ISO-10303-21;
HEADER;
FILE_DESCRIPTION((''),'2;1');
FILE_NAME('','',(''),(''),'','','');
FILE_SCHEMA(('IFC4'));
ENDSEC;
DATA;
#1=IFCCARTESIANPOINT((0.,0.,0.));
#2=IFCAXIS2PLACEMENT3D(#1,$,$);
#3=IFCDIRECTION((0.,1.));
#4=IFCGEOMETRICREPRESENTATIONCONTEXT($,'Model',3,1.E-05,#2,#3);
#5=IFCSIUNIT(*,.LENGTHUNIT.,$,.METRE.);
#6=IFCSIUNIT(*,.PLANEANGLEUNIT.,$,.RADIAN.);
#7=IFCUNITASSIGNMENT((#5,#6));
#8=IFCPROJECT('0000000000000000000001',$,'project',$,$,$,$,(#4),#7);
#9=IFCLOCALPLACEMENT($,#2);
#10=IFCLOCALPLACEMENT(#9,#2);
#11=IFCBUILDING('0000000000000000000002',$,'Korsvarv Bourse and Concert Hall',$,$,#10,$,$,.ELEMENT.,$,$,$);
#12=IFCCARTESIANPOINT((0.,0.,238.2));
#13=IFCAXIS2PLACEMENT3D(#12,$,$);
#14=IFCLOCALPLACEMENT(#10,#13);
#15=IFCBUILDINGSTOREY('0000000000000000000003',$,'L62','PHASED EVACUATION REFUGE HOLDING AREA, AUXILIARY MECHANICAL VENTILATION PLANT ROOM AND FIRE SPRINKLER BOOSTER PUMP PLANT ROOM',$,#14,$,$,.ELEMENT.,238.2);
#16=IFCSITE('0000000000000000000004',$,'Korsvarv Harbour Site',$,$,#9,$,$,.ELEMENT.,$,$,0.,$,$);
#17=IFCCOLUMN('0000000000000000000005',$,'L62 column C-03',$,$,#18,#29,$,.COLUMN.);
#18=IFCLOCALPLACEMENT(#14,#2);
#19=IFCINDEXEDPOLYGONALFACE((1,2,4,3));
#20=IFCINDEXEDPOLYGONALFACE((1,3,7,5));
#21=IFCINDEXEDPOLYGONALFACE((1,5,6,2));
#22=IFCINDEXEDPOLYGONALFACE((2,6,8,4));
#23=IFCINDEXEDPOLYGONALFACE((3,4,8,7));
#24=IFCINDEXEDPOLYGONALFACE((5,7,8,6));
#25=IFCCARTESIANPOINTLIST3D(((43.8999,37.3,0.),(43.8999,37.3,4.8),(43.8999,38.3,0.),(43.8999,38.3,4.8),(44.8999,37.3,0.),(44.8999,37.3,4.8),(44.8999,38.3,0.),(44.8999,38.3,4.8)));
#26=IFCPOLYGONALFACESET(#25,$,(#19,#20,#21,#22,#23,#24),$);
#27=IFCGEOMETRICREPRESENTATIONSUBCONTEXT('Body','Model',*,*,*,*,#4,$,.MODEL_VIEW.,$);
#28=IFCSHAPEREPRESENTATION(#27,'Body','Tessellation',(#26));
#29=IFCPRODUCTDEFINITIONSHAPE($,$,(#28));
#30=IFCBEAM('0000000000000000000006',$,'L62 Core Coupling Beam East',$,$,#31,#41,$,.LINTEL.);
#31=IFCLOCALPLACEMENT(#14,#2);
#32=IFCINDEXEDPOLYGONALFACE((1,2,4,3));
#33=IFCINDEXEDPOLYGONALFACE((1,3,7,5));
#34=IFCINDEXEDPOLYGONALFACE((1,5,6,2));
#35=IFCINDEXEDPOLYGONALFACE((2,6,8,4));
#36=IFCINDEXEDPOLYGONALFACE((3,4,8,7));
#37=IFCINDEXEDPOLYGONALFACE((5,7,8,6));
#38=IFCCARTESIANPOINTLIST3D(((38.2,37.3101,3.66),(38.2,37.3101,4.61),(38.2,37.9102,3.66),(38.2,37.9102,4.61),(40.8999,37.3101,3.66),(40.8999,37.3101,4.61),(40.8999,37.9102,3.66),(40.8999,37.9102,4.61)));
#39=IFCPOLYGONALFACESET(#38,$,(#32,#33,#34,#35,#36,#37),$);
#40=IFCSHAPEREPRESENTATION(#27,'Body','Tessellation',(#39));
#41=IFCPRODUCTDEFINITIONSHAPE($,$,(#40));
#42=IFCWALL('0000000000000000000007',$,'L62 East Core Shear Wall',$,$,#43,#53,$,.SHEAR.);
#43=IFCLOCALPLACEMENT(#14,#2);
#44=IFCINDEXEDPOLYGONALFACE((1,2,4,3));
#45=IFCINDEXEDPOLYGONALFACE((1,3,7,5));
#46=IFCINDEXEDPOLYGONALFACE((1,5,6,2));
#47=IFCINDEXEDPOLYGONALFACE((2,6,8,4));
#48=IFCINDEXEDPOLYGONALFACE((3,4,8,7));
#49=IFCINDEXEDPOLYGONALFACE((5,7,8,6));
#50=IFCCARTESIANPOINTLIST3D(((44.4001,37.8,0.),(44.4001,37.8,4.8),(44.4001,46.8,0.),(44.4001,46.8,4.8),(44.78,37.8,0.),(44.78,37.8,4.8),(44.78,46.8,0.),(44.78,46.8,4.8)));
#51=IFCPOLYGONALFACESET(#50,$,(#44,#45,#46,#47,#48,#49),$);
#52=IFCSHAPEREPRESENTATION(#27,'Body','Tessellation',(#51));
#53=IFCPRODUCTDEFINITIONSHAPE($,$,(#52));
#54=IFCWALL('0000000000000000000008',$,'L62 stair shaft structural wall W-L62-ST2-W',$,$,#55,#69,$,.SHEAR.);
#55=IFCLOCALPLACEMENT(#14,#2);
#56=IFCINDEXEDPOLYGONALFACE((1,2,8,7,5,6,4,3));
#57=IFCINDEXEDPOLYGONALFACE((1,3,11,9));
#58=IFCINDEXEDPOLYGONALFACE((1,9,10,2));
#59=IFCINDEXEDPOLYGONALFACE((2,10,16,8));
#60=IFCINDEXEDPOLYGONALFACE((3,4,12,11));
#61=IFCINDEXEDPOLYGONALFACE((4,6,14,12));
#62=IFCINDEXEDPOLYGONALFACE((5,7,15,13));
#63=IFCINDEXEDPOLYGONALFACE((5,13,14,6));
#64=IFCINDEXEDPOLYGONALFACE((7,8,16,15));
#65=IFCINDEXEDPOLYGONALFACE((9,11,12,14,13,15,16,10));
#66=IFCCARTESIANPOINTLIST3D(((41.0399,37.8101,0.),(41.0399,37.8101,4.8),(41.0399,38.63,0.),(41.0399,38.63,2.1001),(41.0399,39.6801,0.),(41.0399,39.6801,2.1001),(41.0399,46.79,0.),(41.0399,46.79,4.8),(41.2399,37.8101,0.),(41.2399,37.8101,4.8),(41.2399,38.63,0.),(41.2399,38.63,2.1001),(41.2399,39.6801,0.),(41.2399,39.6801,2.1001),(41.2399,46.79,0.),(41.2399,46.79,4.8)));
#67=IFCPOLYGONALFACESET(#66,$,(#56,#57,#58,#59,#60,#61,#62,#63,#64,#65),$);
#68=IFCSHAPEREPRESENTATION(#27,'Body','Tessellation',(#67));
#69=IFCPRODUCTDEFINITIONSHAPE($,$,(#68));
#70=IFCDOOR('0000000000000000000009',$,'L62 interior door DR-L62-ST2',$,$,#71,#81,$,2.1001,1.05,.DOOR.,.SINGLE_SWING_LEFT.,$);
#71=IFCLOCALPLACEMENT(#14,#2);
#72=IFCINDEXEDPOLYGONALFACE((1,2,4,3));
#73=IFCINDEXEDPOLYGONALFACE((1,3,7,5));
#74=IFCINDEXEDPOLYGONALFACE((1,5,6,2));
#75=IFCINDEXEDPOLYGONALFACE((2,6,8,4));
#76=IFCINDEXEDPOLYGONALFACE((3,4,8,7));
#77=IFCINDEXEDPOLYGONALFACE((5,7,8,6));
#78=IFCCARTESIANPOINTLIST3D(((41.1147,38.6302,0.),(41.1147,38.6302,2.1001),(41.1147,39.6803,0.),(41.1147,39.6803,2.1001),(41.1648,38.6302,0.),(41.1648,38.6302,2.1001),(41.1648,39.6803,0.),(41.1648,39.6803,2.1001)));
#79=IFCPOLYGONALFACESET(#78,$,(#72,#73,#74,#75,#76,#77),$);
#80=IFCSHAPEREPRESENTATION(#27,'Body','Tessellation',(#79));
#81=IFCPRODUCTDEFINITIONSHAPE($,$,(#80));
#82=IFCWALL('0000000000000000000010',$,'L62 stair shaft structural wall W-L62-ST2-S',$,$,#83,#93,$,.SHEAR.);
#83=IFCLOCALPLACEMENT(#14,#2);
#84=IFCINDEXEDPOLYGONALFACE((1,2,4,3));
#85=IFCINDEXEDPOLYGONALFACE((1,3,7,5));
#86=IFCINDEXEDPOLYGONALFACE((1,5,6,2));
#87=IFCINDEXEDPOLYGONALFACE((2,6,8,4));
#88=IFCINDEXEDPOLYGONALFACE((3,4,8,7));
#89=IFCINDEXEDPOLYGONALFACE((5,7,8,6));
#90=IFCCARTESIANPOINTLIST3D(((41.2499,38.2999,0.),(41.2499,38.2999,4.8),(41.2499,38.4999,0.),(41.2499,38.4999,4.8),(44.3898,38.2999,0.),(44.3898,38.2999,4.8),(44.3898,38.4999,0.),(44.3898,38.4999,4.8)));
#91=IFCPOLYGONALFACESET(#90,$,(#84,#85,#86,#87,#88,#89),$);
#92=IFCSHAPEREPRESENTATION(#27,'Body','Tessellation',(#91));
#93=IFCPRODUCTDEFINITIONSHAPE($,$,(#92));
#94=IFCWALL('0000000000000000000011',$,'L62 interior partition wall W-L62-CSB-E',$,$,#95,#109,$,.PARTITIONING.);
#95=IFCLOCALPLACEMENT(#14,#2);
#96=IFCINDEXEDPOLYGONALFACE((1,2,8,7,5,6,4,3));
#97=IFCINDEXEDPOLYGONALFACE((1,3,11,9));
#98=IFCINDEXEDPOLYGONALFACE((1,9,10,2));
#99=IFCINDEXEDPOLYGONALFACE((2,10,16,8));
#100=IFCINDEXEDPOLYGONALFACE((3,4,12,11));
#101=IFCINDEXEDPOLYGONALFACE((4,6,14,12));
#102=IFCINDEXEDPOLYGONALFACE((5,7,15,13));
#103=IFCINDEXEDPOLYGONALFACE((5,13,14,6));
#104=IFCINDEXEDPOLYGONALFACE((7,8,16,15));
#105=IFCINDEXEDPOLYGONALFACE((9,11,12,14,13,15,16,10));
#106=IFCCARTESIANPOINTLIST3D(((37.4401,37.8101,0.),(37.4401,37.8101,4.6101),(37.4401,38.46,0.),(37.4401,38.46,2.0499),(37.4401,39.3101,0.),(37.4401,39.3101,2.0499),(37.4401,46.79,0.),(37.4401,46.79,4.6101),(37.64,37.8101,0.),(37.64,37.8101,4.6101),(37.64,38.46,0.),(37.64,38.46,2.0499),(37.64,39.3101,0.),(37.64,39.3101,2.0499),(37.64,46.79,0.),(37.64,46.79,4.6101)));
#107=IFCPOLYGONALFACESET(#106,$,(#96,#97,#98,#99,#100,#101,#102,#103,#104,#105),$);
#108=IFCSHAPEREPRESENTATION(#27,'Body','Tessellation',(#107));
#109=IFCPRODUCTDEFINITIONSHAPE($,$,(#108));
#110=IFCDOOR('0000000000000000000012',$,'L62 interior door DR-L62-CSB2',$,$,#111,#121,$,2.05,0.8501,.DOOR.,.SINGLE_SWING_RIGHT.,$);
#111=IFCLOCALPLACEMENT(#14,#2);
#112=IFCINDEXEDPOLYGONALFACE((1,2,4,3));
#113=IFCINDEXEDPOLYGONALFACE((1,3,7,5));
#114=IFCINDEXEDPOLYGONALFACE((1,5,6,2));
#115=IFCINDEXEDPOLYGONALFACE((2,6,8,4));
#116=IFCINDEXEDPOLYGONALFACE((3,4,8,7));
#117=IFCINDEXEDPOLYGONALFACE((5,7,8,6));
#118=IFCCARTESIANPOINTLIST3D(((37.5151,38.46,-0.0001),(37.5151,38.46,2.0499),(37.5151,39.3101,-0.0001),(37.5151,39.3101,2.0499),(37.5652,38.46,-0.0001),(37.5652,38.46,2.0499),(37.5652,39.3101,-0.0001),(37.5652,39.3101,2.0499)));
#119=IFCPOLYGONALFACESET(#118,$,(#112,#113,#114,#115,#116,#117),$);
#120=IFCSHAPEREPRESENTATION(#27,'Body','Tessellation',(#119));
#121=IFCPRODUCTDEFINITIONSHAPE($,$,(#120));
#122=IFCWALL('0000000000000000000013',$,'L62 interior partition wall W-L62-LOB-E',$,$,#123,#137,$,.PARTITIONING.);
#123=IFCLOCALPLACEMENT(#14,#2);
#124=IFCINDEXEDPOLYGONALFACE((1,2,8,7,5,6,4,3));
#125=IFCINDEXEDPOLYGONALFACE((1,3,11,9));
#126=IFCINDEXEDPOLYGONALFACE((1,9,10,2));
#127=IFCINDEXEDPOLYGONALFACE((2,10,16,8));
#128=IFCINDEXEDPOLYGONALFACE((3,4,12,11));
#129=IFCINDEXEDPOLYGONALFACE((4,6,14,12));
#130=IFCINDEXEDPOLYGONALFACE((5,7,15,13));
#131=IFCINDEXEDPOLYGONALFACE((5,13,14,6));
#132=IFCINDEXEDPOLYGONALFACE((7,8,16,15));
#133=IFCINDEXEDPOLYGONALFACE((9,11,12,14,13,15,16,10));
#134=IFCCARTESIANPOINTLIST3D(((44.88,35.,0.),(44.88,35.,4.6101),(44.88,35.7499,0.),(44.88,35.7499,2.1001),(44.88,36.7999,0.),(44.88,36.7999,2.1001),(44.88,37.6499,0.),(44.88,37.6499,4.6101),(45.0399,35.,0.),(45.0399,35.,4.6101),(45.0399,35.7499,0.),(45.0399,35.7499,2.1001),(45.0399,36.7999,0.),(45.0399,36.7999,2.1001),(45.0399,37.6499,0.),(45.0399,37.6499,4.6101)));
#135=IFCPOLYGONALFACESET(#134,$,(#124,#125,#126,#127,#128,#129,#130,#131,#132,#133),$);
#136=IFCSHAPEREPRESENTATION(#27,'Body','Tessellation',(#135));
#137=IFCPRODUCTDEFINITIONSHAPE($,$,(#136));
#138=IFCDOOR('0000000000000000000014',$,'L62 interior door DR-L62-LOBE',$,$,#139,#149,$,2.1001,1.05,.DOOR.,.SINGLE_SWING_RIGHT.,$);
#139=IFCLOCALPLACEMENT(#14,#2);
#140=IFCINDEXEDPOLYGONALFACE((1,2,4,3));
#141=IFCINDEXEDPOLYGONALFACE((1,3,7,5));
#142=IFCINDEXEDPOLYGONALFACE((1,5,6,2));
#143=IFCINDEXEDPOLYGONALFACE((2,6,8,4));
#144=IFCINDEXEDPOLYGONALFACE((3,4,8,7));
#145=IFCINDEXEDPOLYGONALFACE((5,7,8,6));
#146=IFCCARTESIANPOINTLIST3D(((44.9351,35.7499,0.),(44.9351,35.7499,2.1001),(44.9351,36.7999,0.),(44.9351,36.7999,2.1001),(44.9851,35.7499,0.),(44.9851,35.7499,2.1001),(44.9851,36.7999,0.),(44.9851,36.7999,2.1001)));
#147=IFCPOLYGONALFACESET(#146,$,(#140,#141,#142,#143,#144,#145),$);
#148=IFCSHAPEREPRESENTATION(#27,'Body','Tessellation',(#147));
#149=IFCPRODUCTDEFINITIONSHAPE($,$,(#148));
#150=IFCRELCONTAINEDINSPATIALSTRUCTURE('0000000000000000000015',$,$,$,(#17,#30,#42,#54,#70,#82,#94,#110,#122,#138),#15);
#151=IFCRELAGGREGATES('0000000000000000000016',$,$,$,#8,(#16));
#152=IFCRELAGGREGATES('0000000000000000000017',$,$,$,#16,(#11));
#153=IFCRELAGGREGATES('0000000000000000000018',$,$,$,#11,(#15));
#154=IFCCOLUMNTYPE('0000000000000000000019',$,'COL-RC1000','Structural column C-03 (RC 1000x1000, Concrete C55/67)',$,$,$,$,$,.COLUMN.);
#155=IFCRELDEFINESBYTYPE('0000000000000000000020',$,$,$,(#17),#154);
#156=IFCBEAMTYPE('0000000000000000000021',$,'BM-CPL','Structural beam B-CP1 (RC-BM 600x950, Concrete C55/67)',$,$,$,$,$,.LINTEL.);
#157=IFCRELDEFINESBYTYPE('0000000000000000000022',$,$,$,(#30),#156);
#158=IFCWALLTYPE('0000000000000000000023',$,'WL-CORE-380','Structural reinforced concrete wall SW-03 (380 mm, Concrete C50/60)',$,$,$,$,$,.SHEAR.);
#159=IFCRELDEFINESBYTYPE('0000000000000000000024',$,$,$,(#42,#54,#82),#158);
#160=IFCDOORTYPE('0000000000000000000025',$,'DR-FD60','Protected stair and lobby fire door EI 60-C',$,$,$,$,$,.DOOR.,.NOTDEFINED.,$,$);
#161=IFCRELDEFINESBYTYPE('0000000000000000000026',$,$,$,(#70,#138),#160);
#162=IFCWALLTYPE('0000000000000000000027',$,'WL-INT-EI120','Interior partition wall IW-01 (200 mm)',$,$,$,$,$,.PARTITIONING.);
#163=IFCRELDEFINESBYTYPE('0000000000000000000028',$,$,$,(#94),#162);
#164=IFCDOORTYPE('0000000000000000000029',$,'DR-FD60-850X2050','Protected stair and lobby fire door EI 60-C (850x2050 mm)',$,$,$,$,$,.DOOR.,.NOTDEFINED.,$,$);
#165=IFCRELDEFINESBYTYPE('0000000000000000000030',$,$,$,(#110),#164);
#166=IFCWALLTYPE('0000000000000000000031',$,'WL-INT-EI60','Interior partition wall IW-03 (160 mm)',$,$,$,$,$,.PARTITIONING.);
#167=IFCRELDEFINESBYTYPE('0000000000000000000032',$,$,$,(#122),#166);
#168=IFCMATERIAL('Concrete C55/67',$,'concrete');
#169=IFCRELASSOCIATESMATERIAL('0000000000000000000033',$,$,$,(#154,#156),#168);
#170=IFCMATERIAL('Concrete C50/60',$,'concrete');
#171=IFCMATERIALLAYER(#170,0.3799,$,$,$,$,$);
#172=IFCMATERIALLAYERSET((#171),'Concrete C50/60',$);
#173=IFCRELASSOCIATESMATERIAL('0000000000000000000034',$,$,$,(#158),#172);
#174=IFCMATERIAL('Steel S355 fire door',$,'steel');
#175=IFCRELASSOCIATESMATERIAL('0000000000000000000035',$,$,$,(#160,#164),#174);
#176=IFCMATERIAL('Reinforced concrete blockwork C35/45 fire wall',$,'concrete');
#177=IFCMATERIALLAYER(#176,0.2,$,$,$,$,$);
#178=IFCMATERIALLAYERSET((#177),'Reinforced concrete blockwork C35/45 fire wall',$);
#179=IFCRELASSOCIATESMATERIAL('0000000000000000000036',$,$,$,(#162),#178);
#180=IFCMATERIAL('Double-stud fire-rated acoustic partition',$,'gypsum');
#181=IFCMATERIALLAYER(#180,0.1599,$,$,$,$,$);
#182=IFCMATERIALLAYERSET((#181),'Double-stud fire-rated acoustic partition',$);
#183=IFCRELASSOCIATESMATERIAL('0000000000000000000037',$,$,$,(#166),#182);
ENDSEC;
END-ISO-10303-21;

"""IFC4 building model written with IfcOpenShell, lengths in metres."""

from ifc_helpers import new_model, si_unit, direction, frame, frame_2d, origin, origin_2d, place, context, subcontext, project, spatial, rectangle, extrude, source, transform, mapped, material, layer, layer_set, material_profile, profile_set, type_object, element, fill, save


model = new_model("IFC4")

# Units and contexts
model_context = context("Model", 3, precision=1e-05, world=origin(), true_north=direction((0.0, 1.0)))
body_context = subcontext(model_context, "Body", "Model", "MODEL_VIEW")
ifc_project = project(units=[si_unit("LENGTHUNIT", "METRE"), si_unit("PLANEANGLEUNIT", "RADIAN")], contexts=[model_context])

# Site, building, storey
site_placement = place(None, origin())
site = spatial("IfcSite", under=ifc_project, at=site_placement, Name="Korsvarv Harbour Site", CompositionType="ELEMENT", RefElevation=0.0)
building_placement = place(site_placement, origin())
building = spatial("IfcBuilding", under=site, at=building_placement, Name="Korsvarv Bourse and Concert Hall", CompositionType="ELEMENT")
storey_placement = place(building_placement, frame((0.0, 0.0, 238.2)))
storey = spatial("IfcBuildingStorey", under=building, at=storey_placement, Name="L62", Description="PHASED EVACUATION REFUGE HOLDING AREA, AUXILIARY MECHANICAL VENTILATION PLANT ROOM AND FIRE SPRINKLER BOOSTER PUMP PLANT ROOM", CompositionType="ELEMENT", Elevation=238.2)

# Column
ifc_material_1 = material(Name="Concrete C55/67", Category="concrete")
ifc_material_profile_1 = material_profile(ifc_material_1, rectangle(XDim=1.0, YDim=1.0, at=origin_2d()), Name="RC 1000x1000")
ifc_profile_set_1 = profile_set([ifc_material_profile_1], Name="Concrete C55/67")
column_type = type_object("IfcColumnType", Name="COL-RC1000", Description="Structural column C-03 (RC 1000x1000, Concrete C55/67)", PredefinedType="COLUMN", material=ifc_profile_set_1)
shared_shape_1 = source(origin(), body_context, "Body", "SweptSolid", [
    extrude(rectangle(XDim=1.0, YDim=1.0, at=origin_2d()), origin(), (0.0, 0.0, 1.0), 4.8),
])
column_placement = place(storey_placement, frame((44.3999, 37.8, 0.0), z_axis=(0.0, 0.0, 1.0), x_axis=(1.0, 0.0, 0.0)))
element("IfcColumn", 1, at=column_placement, inside=storey, type_object=column_type, Name="L62 column C-03", PredefinedType="COLUMN", context=body_context, shape_type="MappedRepresentation", body=[
    mapped(shared_shape_1, transform((0.0, 0.0, 0.0), scale=1.0)),
])

# Beam
ifc_material_profile_2 = material_profile(ifc_material_1, rectangle(XDim=0.6001, YDim=0.95, at=origin_2d()), Name="RC-BM 600x950")
ifc_profile_set_2 = profile_set([ifc_material_profile_2], Name="Concrete C55/67")
beam_type = type_object("IfcBeamType", Name="BM-CPL", Description="Structural beam B-CP1 (RC-BM 600x950, Concrete C55/67)", PredefinedType="LINTEL", material=ifc_profile_set_2)
shared_shape_2 = source(origin(), body_context, "Body", "SweptSolid", [
    extrude(rectangle(XDim=0.6001, YDim=0.95, at=origin_2d()), origin(), (0.0, 0.0, 1.0), 2.7),
])
beam_placement = place(storey_placement, frame((38.2, 37.6101, 4.135), z_axis=(1.0, 0.0, 0.0), x_axis=(0.0, 1.0, 0.0)))
element("IfcBeam", 2, at=beam_placement, inside=storey, type_object=beam_type, Name="L62 Core Coupling Beam East", PredefinedType="LINTEL", context=body_context, shape_type="MappedRepresentation", body=[
    mapped(shared_shape_2, transform((0.0, 0.0, 0.0), scale=1.0)),
])

# Wall
ifc_material_2 = material(Name="Concrete C50/60", Category="concrete")
ifc_layer_1 = layer(ifc_material_2, 0.3799)
ifc_layer_set_1 = layer_set([ifc_layer_1], Name="Concrete C50/60")
wall_type_1 = type_object("IfcWallType", Name="WL-CORE-380", Description="Structural reinforced concrete wall SW-03 (380 mm, Concrete C50/60)", PredefinedType="SHEAR", material=ifc_layer_set_1)
wall_1_placement = place(storey_placement, frame((44.5901, 37.8, 0.0), z_axis=(0.0, 0.0, 1.0), x_axis=(0.0, 1.0, 0.0)))
element("IfcWall", 3, at=wall_1_placement, inside=storey, type_object=wall_type_1, Name="L62 East Core Shear Wall", PredefinedType="SHEAR", context=body_context, shape_type="SweptSolid", body=[
    extrude(rectangle(XDim=9.0, YDim=0.3799, at=frame_2d((4.5, 0.0))), origin(), (0.0, 0.0, 1.0), 4.8),
])

# Wall, opening, door
wall_2_placement = place(storey_placement, frame((41.1399, 37.8101, 0.0), z_axis=(0.0, 0.0, 1.0), x_axis=(0.0, 1.0, 0.0)))
wall_2 = element("IfcWall", 4, at=wall_2_placement, inside=storey, type_object=wall_type_1, Name="L62 stair shaft structural wall W-L62-ST2-W", PredefinedType="SHEAR", context=body_context, shape_type="SweptSolid", body=[
    extrude(rectangle(XDim=8.98, YDim=0.2, at=frame_2d((4.49, 0.0))), origin(), (0.0, 0.0, 1.0), 4.8),
])
opening_1_placement = place(wall_2_placement, frame((0.8201, 0.0, 0.0)))
opening_1 = element("IfcOpeningElement", 5, at=opening_1_placement, cuts=wall_2, PredefinedType="OPENING", context=body_context, shape_type="SweptSolid", body=[
    extrude(rectangle(XDim=1.05, YDim=2.1001, at=frame_2d((0.5249, 1.05))), frame((0.0, 0.1099, 0.0), z_axis=(0.0, -1.0, 0.0), x_axis=(1.0, 0.0, 0.0)), (0.0, 0.0, 1.0), 0.22),
])
ifc_material_3 = material(Name="Steel S355 fire door", Category="steel")
door_type_1 = type_object("IfcDoorType", Name="DR-FD60", Description="Protected stair and lobby fire door EI 60-C", OperationType="NOTDEFINED", PredefinedType="DOOR", material=ifc_material_3)
door_1_placement = place(opening_1_placement, frame((1.05, 0.0, 0.0), z_axis=(0.0, 0.0, 1.0), x_axis=(-1.0, 0.0, 0.0)))
door_1 = element("IfcDoor", 6, at=door_1_placement, inside=storey, type_object=door_type_1, Name="L62 interior door DR-L62-ST2", OperationType="SINGLE_SWING_LEFT", OverallHeight=2.1001, OverallWidth=1.05, PredefinedType="DOOR", context=body_context, shape_type="SweptSolid", body=[
    extrude(rectangle(XDim=1.05, YDim=2.1001, at=frame_2d((0.5249, 1.05))), frame((0.0, 0.0249, 0.0), z_axis=(0.0, -1.0, 0.0), x_axis=(1.0, 0.0, 0.0)), (0.0, 0.0, 1.0), 0.05),
])
fill(opening_1, door_1)

# Wall
wall_3_placement = place(storey_placement, frame((41.25, 38.3999, 0.0), z_axis=(0.0, 0.0, 1.0), x_axis=(1.0, 0.0, 0.0)))
element("IfcWall", 7, at=wall_3_placement, inside=storey, type_object=wall_type_1, Name="L62 stair shaft structural wall W-L62-ST2-S", PredefinedType="SHEAR", context=body_context, shape_type="SweptSolid", body=[
    extrude(rectangle(XDim=3.1399, YDim=0.2, at=frame_2d((1.5698, 0.0))), origin(), (0.0, 0.0, 1.0), 4.8),
])

# Walls, openings, doors
ifc_material_4 = material(Name="Reinforced concrete blockwork C35/45 fire wall", Category="concrete")
ifc_layer_2 = layer(ifc_material_4, 0.2)
ifc_layer_set_2 = layer_set([ifc_layer_2], Name="Reinforced concrete blockwork C35/45 fire wall")
wall_type_2 = type_object("IfcWallType", Name="WL-INT-EI120", Description="Interior partition wall IW-01 (200 mm)", PredefinedType="PARTITIONING", material=ifc_layer_set_2)
wall_4_placement = place(storey_placement, frame((37.54, 37.8101, 0.0), z_axis=(0.0, 0.0, 1.0), x_axis=(0.0, 1.0, 0.0)))
wall_4 = element("IfcWall", 8, at=wall_4_placement, inside=storey, type_object=wall_type_2, Name="L62 interior partition wall W-L62-CSB-E", PredefinedType="PARTITIONING", context=body_context, shape_type="SweptSolid", body=[
    extrude(rectangle(XDim=8.98, YDim=0.2, at=frame_2d((4.49, 0.0))), origin(), (0.0, 0.0, 1.0), 4.6101),
])
opening_2_placement = place(wall_4_placement, frame((0.6499, 0.0, 0.0)))
opening_2 = element("IfcOpeningElement", 9, at=opening_2_placement, cuts=wall_4, PredefinedType="OPENING", context=body_context, shape_type="SweptSolid", body=[
    extrude(rectangle(XDim=0.8501, YDim=2.05, at=frame_2d((0.425, 1.0249))), frame((0.0, 0.1099, 0.0), z_axis=(0.0, -1.0, 0.0), x_axis=(1.0, 0.0, 0.0)), (0.0, 0.0, 1.0), 0.22),
])
door_type_2 = type_object("IfcDoorType", Name="DR-FD60-850X2050", Description="Protected stair and lobby fire door EI 60-C (850x2050 mm)", OperationType="NOTDEFINED", PredefinedType="DOOR", material=ifc_material_3)
door_2_placement = place(opening_2_placement, origin())
door_2 = element("IfcDoor", 10, at=door_2_placement, inside=storey, type_object=door_type_2, Name="L62 interior door DR-L62-CSB2", OperationType="SINGLE_SWING_RIGHT", OverallHeight=2.05, OverallWidth=0.8501, PredefinedType="DOOR", context=body_context, shape_type="SweptSolid", body=[
    extrude(rectangle(XDim=0.8501, YDim=2.05, at=frame_2d((0.425, 1.0249))), frame((0.0, 0.0249, 0.0), z_axis=(0.0, -1.0, 0.0), x_axis=(1.0, 0.0, 0.0)), (0.0, 0.0, 1.0), 0.05),
])
fill(opening_2, door_2)
ifc_material_5 = material(Name="Double-stud fire-rated acoustic partition", Category="gypsum")
ifc_layer_3 = layer(ifc_material_5, 0.1599)
ifc_layer_set_3 = layer_set([ifc_layer_3], Name="Double-stud fire-rated acoustic partition")
wall_type_3 = type_object("IfcWallType", Name="WL-INT-EI60", Description="Interior partition wall IW-03 (160 mm)", PredefinedType="PARTITIONING", material=ifc_layer_set_3)
wall_5_placement = place(storey_placement, frame((44.96, 35.0, 0.0), z_axis=(0.0, 0.0, 1.0), x_axis=(0.0, 1.0, 0.0)))
wall_5 = element("IfcWall", 11, at=wall_5_placement, inside=storey, type_object=wall_type_3, Name="L62 interior partition wall W-L62-LOB-E", PredefinedType="PARTITIONING", context=body_context, shape_type="SweptSolid", body=[
    extrude(rectangle(XDim=2.6499, YDim=0.1599, at=frame_2d((1.325, 0.0))), origin(), (0.0, 0.0, 1.0), 4.6101),
])
opening_3_placement = place(wall_5_placement, frame((0.75, 0.0, 0.0)))
opening_3 = element("IfcOpeningElement", 12, at=opening_3_placement, cuts=wall_5, PredefinedType="OPENING", context=body_context, shape_type="SweptSolid", body=[
    extrude(rectangle(XDim=1.05, YDim=2.1001, at=frame_2d((0.5249, 1.05))), frame((0.0, 0.0898, 0.0), z_axis=(0.0, -1.0, 0.0), x_axis=(1.0, 0.0, 0.0)), (0.0, 0.0, 1.0), 0.1799),
])
door_3_placement = place(opening_3_placement, origin())
door_3 = element("IfcDoor", 13, at=door_3_placement, inside=storey, type_object=door_type_1, Name="L62 interior door DR-L62-LOBE", OperationType="SINGLE_SWING_RIGHT", OverallHeight=2.1001, OverallWidth=1.05, PredefinedType="DOOR", context=body_context, shape_type="SweptSolid", body=[
    extrude(rectangle(XDim=1.05, YDim=2.1001, at=frame_2d((0.5249, 1.05))), frame((0.0, 0.0249, 0.0), z_axis=(0.0, -1.0, 0.0), x_axis=(1.0, 0.0, 0.0)), (0.0, 0.0, 1.0), 0.05),
])
fill(opening_3, door_3)

save(model, "model.ifc")
